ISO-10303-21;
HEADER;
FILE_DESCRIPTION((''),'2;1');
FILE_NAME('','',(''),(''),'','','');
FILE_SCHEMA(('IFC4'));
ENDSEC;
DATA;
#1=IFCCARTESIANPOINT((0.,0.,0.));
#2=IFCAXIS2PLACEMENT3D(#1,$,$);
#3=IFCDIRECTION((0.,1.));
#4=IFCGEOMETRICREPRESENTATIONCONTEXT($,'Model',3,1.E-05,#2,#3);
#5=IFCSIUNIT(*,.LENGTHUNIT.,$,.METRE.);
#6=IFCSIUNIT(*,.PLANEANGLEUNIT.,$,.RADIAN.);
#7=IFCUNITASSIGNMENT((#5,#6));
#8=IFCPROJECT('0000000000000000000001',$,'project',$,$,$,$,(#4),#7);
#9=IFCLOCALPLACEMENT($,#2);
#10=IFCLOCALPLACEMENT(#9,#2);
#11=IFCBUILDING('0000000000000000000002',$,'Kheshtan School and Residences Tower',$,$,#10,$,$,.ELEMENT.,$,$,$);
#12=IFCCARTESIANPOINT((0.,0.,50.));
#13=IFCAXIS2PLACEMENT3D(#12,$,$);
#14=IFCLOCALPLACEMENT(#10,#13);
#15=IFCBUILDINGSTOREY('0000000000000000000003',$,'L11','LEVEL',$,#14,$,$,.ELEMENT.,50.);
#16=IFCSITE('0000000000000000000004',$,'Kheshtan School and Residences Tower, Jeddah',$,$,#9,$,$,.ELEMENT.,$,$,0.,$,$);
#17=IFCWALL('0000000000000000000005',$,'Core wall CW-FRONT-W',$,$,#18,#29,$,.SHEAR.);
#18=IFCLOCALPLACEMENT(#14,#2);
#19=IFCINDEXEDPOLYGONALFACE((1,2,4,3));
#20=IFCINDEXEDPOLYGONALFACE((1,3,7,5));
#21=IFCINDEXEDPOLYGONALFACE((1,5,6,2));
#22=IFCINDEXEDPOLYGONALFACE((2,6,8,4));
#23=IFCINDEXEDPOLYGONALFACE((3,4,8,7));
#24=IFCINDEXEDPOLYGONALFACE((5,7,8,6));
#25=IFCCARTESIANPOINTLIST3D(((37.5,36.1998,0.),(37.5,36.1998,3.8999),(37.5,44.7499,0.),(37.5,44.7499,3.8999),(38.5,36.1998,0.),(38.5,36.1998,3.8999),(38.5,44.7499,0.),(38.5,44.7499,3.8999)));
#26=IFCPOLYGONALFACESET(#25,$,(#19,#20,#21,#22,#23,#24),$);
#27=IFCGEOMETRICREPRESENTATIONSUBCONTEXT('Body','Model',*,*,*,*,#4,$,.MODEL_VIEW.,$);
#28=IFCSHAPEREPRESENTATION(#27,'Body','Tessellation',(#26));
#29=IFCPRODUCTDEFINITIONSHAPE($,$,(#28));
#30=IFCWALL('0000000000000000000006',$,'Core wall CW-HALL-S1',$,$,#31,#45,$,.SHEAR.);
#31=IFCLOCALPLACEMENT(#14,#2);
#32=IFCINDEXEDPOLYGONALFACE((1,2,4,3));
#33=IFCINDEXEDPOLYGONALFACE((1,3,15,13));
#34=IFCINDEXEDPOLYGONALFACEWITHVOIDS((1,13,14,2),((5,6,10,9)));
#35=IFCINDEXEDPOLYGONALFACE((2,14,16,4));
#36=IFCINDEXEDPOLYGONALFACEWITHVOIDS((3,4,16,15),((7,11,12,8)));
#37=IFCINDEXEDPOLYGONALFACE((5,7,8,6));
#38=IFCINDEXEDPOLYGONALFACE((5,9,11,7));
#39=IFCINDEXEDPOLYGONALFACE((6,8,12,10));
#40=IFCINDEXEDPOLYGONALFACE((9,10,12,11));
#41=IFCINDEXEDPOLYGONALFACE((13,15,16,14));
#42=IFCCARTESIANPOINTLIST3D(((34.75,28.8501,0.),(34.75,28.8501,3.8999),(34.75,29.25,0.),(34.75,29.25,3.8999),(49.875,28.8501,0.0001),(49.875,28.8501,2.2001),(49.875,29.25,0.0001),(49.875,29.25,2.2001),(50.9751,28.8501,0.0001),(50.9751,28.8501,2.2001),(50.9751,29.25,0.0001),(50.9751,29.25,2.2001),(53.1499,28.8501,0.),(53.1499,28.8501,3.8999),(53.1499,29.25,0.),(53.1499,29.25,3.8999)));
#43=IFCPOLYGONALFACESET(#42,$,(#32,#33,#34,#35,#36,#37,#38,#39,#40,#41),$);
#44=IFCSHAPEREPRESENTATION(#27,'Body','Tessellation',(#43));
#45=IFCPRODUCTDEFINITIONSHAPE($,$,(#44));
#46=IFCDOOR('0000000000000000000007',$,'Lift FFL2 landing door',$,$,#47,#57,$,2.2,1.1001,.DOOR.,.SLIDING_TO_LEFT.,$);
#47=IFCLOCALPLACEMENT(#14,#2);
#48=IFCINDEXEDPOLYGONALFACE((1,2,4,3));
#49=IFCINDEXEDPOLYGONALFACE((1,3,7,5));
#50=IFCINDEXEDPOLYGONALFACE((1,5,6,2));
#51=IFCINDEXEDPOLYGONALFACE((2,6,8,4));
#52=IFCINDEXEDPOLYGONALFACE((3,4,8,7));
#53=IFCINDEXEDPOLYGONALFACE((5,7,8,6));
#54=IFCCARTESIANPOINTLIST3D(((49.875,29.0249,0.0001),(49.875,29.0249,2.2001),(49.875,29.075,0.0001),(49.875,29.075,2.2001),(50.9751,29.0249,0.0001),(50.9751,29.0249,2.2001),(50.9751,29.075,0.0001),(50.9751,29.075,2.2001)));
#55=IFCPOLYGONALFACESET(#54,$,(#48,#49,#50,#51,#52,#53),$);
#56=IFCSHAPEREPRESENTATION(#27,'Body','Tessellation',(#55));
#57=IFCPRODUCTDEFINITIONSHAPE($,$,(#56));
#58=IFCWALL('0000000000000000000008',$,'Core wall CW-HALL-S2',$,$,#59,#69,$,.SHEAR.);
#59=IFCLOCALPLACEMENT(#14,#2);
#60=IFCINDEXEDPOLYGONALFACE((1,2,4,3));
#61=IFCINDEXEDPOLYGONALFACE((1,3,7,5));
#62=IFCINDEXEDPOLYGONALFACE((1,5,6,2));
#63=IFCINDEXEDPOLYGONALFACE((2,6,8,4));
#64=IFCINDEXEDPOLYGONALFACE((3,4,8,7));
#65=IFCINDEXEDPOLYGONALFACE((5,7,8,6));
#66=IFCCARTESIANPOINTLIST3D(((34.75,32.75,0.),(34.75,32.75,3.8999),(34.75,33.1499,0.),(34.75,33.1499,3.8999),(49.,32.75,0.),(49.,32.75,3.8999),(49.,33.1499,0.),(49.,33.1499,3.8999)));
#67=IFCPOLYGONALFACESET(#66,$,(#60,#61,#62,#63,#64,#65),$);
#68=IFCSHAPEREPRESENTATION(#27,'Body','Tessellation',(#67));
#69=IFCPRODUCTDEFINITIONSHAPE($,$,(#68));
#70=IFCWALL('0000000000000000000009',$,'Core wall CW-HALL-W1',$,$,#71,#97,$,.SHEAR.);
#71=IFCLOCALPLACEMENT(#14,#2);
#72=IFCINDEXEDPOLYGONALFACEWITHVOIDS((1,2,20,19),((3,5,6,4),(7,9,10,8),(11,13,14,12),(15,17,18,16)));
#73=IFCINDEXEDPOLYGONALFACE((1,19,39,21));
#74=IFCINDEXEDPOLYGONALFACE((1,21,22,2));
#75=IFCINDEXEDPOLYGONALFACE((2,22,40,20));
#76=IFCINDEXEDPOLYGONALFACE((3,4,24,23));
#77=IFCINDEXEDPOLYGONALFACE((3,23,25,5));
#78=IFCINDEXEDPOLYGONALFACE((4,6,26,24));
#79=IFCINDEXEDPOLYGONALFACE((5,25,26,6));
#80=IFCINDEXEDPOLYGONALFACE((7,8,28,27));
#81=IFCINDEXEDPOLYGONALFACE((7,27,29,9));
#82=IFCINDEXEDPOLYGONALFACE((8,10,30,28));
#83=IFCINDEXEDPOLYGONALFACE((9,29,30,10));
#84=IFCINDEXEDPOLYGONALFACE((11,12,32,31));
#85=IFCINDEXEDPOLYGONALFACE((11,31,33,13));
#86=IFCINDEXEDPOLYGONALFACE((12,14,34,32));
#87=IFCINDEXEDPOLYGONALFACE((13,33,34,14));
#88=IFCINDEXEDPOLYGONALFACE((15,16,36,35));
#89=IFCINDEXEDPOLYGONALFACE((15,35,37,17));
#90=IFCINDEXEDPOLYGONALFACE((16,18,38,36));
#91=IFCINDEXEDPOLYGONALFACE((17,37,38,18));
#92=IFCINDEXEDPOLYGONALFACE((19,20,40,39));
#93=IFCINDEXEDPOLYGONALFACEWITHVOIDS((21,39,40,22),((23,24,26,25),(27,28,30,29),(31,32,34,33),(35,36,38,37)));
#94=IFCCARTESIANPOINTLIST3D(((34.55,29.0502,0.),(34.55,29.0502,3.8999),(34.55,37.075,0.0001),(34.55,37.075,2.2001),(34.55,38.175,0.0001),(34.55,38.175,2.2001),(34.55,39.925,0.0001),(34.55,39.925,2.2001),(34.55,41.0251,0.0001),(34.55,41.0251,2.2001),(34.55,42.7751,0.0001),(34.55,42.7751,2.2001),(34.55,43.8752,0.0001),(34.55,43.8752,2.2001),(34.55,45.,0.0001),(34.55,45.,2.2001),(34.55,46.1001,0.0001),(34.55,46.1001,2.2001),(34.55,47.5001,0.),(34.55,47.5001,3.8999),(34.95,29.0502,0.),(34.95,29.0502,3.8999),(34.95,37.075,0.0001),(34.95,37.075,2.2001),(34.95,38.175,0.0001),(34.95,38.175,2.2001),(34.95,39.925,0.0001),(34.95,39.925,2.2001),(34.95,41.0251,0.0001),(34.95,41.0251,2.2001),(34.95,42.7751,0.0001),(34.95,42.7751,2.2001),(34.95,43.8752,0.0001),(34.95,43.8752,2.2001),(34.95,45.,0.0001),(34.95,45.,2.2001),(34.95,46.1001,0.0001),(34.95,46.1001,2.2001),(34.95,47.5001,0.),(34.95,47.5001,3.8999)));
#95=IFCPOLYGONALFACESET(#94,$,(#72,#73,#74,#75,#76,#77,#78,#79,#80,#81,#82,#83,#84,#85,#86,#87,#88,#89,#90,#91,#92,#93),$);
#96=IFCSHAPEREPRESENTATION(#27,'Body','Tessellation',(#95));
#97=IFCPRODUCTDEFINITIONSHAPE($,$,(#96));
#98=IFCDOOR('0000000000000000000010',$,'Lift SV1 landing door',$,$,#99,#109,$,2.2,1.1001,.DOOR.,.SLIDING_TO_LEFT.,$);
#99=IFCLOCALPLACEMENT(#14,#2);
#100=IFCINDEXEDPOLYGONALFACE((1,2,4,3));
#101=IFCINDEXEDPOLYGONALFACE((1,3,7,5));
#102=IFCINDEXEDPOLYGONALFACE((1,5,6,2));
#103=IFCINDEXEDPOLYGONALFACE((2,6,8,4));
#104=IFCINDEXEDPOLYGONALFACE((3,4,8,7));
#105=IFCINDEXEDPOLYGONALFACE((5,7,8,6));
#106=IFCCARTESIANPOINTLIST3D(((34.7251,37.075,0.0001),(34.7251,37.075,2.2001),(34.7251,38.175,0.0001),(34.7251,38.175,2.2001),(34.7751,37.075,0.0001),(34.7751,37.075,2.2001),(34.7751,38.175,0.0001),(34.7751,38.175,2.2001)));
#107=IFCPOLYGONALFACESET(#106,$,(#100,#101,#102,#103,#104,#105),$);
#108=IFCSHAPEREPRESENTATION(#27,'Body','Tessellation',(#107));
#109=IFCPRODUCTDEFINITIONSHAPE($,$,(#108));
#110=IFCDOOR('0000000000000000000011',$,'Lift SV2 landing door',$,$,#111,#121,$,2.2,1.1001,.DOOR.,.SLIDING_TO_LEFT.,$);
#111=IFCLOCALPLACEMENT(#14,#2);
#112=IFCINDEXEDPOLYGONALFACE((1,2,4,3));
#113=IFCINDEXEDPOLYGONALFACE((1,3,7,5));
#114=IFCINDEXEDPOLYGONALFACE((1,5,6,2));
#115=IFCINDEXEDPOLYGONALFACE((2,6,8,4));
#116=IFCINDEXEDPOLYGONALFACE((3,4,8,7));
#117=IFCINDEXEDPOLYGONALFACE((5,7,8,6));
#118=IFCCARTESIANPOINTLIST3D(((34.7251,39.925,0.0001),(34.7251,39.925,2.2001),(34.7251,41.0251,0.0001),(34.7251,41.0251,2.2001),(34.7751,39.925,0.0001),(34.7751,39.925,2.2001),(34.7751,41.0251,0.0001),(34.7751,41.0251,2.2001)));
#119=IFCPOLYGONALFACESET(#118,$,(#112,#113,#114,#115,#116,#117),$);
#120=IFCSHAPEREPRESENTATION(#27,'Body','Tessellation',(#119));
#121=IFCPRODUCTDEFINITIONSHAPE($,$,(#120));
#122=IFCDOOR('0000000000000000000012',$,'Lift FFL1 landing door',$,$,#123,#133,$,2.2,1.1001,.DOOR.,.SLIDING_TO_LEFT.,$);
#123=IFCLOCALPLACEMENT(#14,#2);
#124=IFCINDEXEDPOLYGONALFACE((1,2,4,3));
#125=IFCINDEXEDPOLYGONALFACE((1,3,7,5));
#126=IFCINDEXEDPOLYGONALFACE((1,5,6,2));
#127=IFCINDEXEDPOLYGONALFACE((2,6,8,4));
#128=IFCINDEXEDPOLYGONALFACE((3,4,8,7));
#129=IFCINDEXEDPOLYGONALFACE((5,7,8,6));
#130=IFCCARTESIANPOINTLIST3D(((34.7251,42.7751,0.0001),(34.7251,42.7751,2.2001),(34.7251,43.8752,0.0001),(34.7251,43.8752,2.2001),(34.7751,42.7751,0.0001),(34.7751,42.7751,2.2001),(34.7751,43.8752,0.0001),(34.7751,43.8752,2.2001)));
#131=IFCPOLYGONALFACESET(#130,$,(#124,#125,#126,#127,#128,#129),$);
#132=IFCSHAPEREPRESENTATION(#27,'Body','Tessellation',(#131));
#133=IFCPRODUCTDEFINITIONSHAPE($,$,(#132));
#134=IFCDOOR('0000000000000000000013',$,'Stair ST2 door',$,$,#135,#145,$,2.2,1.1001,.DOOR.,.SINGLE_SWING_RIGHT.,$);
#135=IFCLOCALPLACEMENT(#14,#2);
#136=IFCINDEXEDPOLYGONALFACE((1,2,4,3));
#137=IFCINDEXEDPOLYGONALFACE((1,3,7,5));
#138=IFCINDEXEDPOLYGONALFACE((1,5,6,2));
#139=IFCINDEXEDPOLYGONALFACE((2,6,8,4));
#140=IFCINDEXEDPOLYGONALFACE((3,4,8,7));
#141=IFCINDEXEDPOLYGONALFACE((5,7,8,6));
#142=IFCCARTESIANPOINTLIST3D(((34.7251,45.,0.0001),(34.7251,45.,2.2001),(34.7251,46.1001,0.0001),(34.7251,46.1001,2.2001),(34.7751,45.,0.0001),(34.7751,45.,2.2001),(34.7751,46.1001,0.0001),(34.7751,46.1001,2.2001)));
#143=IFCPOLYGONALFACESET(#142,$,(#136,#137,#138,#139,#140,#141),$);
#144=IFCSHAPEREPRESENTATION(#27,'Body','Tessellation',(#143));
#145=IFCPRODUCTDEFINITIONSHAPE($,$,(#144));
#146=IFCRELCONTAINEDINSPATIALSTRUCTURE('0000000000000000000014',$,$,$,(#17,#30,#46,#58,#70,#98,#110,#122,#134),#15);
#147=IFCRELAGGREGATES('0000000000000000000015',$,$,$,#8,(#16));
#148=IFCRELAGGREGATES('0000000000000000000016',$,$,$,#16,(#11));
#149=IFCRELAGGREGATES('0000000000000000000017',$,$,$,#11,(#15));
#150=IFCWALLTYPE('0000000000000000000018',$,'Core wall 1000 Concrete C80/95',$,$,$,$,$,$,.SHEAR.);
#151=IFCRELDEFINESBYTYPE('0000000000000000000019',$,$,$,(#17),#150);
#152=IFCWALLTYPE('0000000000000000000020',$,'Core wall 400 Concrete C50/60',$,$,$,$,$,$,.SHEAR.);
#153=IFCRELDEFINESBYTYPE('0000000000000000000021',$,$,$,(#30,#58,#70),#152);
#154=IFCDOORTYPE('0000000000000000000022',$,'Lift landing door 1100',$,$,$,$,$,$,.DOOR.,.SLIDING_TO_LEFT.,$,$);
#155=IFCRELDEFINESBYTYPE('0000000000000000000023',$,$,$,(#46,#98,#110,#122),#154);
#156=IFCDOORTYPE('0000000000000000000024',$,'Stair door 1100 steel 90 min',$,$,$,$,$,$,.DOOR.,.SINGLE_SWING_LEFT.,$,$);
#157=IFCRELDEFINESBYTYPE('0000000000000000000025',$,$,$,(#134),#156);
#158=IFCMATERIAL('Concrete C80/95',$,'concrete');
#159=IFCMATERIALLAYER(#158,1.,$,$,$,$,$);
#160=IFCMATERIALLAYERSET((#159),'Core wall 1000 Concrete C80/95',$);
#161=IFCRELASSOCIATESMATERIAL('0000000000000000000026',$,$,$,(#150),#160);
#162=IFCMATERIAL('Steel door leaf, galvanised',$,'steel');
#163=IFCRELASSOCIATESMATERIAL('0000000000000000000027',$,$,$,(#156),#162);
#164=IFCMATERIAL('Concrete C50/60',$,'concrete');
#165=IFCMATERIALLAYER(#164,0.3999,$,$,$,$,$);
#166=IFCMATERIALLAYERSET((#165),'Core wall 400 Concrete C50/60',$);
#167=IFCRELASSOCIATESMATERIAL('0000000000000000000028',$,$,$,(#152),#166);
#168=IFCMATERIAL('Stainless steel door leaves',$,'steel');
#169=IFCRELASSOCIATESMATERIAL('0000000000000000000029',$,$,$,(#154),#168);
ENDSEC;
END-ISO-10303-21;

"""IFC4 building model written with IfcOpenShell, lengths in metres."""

from ifc_helpers import new_model, si_unit, direction, frame, frame_2d, origin, place, context, subcontext, project, spatial, rectangle, extrude, source, transform, mapped, material, layer, layer_set, type_object, element, fill, save


model = new_model("IFC4")

# Units and contexts
model_context = context("Model", 3, precision=1e-05, world=origin(), true_north=direction((0.0, 1.0)))
body_context = subcontext(model_context, "Body", "Model", "MODEL_VIEW")
ifc_project = project(units=[si_unit("LENGTHUNIT", "METRE"), si_unit("PLANEANGLEUNIT", "RADIAN")], contexts=[model_context])

# Site, building, storey
site_placement = place(None, origin())
site = spatial("IfcSite", under=ifc_project, at=site_placement, Name="Kheshtan School and Residences Tower, Jeddah", CompositionType="ELEMENT", RefElevation=0.0)
building_placement = place(site_placement, origin())
building = spatial("IfcBuilding", under=site, at=building_placement, Name="Kheshtan School and Residences Tower", CompositionType="ELEMENT")
storey_placement = place(building_placement, frame((0.0, 0.0, 50.0)))
storey = spatial("IfcBuildingStorey", under=building, at=storey_placement, Name="L11", Description="LEVEL", CompositionType="ELEMENT", Elevation=50.0)

# Shared definitions
ifc_material_1 = material(Name="Concrete C80/95", Category="concrete")
ifc_layer_1 = layer(ifc_material_1, 1.0)
ifc_layer_set_1 = layer_set([ifc_layer_1], Name="Core wall 1000 Concrete C80/95")
wall_type_1 = type_object("IfcWallType", Name="Core wall 1000 Concrete C80/95", PredefinedType="SHEAR", material=ifc_layer_set_1)

# Shared definitions
ifc_material_2 = material(Name="Steel door leaf, galvanised", Category="steel")
door_type_1 = type_object("IfcDoorType", Name="Stair door 1100 steel 90 min", OperationType="SINGLE_SWING_LEFT", PredefinedType="DOOR", material=ifc_material_2)

# Wall
wall_1_placement = place(storey_placement, frame((38.0, 36.2, 0.0), z_axis=(0.0, 0.0, 1.0), x_axis=(0.0, 1.0, 0.0)))
element("IfcWall", 1, at=wall_1_placement, inside=storey, type_object=wall_type_1, Name="Core wall CW-FRONT-W", PredefinedType="SHEAR", context=body_context, shape_type="SweptSolid", body=[
    extrude(rectangle(XDim=8.55, YDim=1.0, at=frame_2d((4.2749, 0.0))), origin(), (0.0, 0.0, 1.0), 3.8999),
])

# Wall, opening, door
ifc_material_3 = material(Name="Concrete C50/60", Category="concrete")
ifc_layer_2 = layer(ifc_material_3, 0.3999)
ifc_layer_set_2 = layer_set([ifc_layer_2], Name="Core wall 400 Concrete C50/60")
wall_type_2 = type_object("IfcWallType", Name="Core wall 400 Concrete C50/60", PredefinedType="SHEAR", material=ifc_layer_set_2)
wall_2_placement = place(storey_placement, frame((34.75, 29.05, 0.0), z_axis=(0.0, 0.0, 1.0), x_axis=(1.0, 0.0, 0.0)))
wall_2 = element("IfcWall", 2, at=wall_2_placement, inside=storey, type_object=wall_type_2, Name="Core wall CW-HALL-S1", PredefinedType="SHEAR", context=body_context, shape_type="SweptSolid", body=[
    extrude(rectangle(XDim=18.3999, YDim=0.3999, at=frame_2d((9.2, 0.0))), origin(), (0.0, 0.0, 1.0), 3.8999),
])
opening_1_placement = place(wall_2_placement, frame((15.125, 0.0, 0.0)))
opening_1 = element("IfcOpeningElement", 3, at=opening_1_placement, cuts=wall_2, PredefinedType="OPENING", context=body_context, shape_type="SweptSolid", body=[
    extrude(rectangle(XDim=1.1001, YDim=2.2, at=frame_2d((0.55, 1.1001))), frame((0.0, 0.21, 0.0), z_axis=(0.0, -1.0, 0.0), x_axis=(1.0, 0.0, 0.0)), (0.0, 0.0, 1.0), 0.4199),
])
ifc_material_4 = material(Name="Stainless steel door leaves", Category="steel")
door_type_2 = type_object("IfcDoorType", Name="Lift landing door 1100", OperationType="SLIDING_TO_LEFT", PredefinedType="DOOR", material=ifc_material_4)
shared_shape_1 = source(origin(), body_context, "Body", "SweptSolid", [
    extrude(rectangle(XDim=1.1001, YDim=2.2, at=frame_2d((0.55, 1.1001))), frame((0.0, 0.0249, 0.0), z_axis=(0.0, -1.0, 0.0), x_axis=(1.0, 0.0, 0.0)), (0.0, 0.0, 1.0), 0.05),
])
door_1_placement = place(opening_1_placement, origin())
door_1 = element("IfcDoor", 4, at=door_1_placement, inside=storey, type_object=door_type_2, Name="Lift FFL2 landing door", OperationType="SLIDING_TO_LEFT", OverallHeight=2.2, OverallWidth=1.1001, PredefinedType="DOOR", context=body_context, shape_type="MappedRepresentation", body=[
    mapped(shared_shape_1, transform((0.0, 0.0, 0.0), x_axis=(1.0, 0.0, 0.0), y_axis=(0.0, 1.0, 0.0), z_axis=(0.0, 0.0, 1.0), scale=1.0)),
])
fill(opening_1, door_1)

# Wall
wall_3_placement = place(storey_placement, frame((34.75, 32.95, 0.0), z_axis=(0.0, 0.0, 1.0), x_axis=(1.0, 0.0, 0.0)))
element("IfcWall", 5, at=wall_3_placement, inside=storey, type_object=wall_type_2, Name="Core wall CW-HALL-S2", PredefinedType="SHEAR", context=body_context, shape_type="SweptSolid", body=[
    extrude(rectangle(XDim=14.25, YDim=0.3999, at=frame_2d((7.125, 0.0))), origin(), (0.0, 0.0, 1.0), 3.8999),
])

# Wall, openings, doors
wall_4_placement = place(storey_placement, frame((34.75, 29.05, 0.0), z_axis=(0.0, 0.0, 1.0), x_axis=(0.0, 1.0, 0.0)))
wall_4 = element("IfcWall", 6, at=wall_4_placement, inside=storey, type_object=wall_type_2, Name="Core wall CW-HALL-W1", PredefinedType="SHEAR", context=body_context, shape_type="SweptSolid", body=[
    extrude(rectangle(XDim=18.45, YDim=0.3999, at=frame_2d((9.2251, 0.0))), origin(), (0.0, 0.0, 1.0), 3.8999),
])
opening_2_placement = place(wall_4_placement, frame((8.0249, 0.0, 0.0)))
opening_2 = element("IfcOpeningElement", 7, at=opening_2_placement, cuts=wall_4, PredefinedType="OPENING", context=body_context, shape_type="SweptSolid", body=[
    extrude(rectangle(XDim=1.1001, YDim=2.2, at=frame_2d((0.55, 1.1001))), frame((0.0, 0.21, 0.0), z_axis=(0.0, -1.0, 0.0), x_axis=(1.0, 0.0, 0.0)), (0.0, 0.0, 1.0), 0.4199),
])
opening_3_placement = place(wall_4_placement, frame((10.875, 0.0, 0.0)))
opening_3 = element("IfcOpeningElement", 8, at=opening_3_placement, cuts=wall_4, PredefinedType="OPENING", context=body_context, shape_type="SweptSolid", body=[
    extrude(rectangle(XDim=1.1001, YDim=2.2, at=frame_2d((0.55, 1.1001))), frame((0.0, 0.21, 0.0), z_axis=(0.0, -1.0, 0.0), x_axis=(1.0, 0.0, 0.0)), (0.0, 0.0, 1.0), 0.4199),
])
opening_4_placement = place(wall_4_placement, frame((13.7251, 0.0, 0.0)))
opening_4 = element("IfcOpeningElement", 9, at=opening_4_placement, cuts=wall_4, PredefinedType="OPENING", context=body_context, shape_type="SweptSolid", body=[
    extrude(rectangle(XDim=1.1001, YDim=2.2, at=frame_2d((0.55, 1.1001))), frame((0.0, 0.21, 0.0), z_axis=(0.0, -1.0, 0.0), x_axis=(1.0, 0.0, 0.0)), (0.0, 0.0, 1.0), 0.4199),
])
opening_5_placement = place(wall_4_placement, frame((15.95, 0.0, 0.0)))
opening_5 = element("IfcOpeningElement", 10, at=opening_5_placement, cuts=wall_4, PredefinedType="OPENING", context=body_context, shape_type="SweptSolid", body=[
    extrude(rectangle(XDim=1.1001, YDim=2.2, at=frame_2d((0.55, 1.1001))), frame((0.0, 0.21, 0.0), z_axis=(0.0, -1.0, 0.0), x_axis=(1.0, 0.0, 0.0)), (0.0, 0.0, 1.0), 0.4199),
])
door_2_placement = place(opening_2_placement, origin())
door_2 = element("IfcDoor", 11, at=door_2_placement, inside=storey, type_object=door_type_2, Name="Lift SV1 landing door", OperationType="SLIDING_TO_LEFT", OverallHeight=2.2, OverallWidth=1.1001, PredefinedType="DOOR", context=body_context, shape_type="MappedRepresentation", body=[
    mapped(shared_shape_1, transform((0.0, 0.0, 0.0), x_axis=(1.0, 0.0, 0.0), y_axis=(0.0, 1.0, 0.0), z_axis=(0.0, 0.0, 1.0), scale=1.0)),
])
fill(opening_2, door_2)
door_3_placement = place(opening_3_placement, origin())
door_3 = element("IfcDoor", 12, at=door_3_placement, inside=storey, type_object=door_type_2, Name="Lift SV2 landing door", OperationType="SLIDING_TO_LEFT", OverallHeight=2.2, OverallWidth=1.1001, PredefinedType="DOOR", context=body_context, shape_type="MappedRepresentation", body=[
    mapped(shared_shape_1, transform((0.0, 0.0, 0.0), x_axis=(1.0, 0.0, 0.0), y_axis=(0.0, 1.0, 0.0), z_axis=(0.0, 0.0, 1.0), scale=1.0)),
])
fill(opening_3, door_3)
door_4_placement = place(opening_4_placement, origin())
door_4 = element("IfcDoor", 13, at=door_4_placement, inside=storey, type_object=door_type_2, Name="Lift FFL1 landing door", OperationType="SLIDING_TO_LEFT", OverallHeight=2.2, OverallWidth=1.1001, PredefinedType="DOOR", context=body_context, shape_type="MappedRepresentation", body=[
    mapped(shared_shape_1, transform((0.0, 0.0, 0.0), x_axis=(1.0, 0.0, 0.0), y_axis=(0.0, 1.0, 0.0), z_axis=(0.0, 0.0, 1.0), scale=1.0)),
])
fill(opening_4, door_4)
shared_shape_2 = source(origin(), body_context, "Body", "SweptSolid", [
    extrude(rectangle(XDim=1.1001, YDim=2.2, at=frame_2d((0.55, 1.1001))), frame((0.0, 0.0249, 0.0), z_axis=(0.0, -1.0, 0.0), x_axis=(1.0, 0.0, 0.0)), (0.0, 0.0, 1.0), 0.05),
])
door_5_placement = place(opening_5_placement, origin())
door_5 = element("IfcDoor", 14, at=door_5_placement, inside=storey, type_object=door_type_1, Name="Stair ST2 door", OperationType="SINGLE_SWING_RIGHT", OverallHeight=2.2, OverallWidth=1.1001, PredefinedType="DOOR", context=body_context, shape_type="MappedRepresentation", body=[
    mapped(shared_shape_2, transform((0.0, 0.0, 0.0), x_axis=(1.0, 0.0, 0.0), y_axis=(0.0, 1.0, 0.0), z_axis=(0.0, 0.0, 1.0), scale=1.0)),
])
fill(opening_5, door_5)

save(model, "model.ifc")
